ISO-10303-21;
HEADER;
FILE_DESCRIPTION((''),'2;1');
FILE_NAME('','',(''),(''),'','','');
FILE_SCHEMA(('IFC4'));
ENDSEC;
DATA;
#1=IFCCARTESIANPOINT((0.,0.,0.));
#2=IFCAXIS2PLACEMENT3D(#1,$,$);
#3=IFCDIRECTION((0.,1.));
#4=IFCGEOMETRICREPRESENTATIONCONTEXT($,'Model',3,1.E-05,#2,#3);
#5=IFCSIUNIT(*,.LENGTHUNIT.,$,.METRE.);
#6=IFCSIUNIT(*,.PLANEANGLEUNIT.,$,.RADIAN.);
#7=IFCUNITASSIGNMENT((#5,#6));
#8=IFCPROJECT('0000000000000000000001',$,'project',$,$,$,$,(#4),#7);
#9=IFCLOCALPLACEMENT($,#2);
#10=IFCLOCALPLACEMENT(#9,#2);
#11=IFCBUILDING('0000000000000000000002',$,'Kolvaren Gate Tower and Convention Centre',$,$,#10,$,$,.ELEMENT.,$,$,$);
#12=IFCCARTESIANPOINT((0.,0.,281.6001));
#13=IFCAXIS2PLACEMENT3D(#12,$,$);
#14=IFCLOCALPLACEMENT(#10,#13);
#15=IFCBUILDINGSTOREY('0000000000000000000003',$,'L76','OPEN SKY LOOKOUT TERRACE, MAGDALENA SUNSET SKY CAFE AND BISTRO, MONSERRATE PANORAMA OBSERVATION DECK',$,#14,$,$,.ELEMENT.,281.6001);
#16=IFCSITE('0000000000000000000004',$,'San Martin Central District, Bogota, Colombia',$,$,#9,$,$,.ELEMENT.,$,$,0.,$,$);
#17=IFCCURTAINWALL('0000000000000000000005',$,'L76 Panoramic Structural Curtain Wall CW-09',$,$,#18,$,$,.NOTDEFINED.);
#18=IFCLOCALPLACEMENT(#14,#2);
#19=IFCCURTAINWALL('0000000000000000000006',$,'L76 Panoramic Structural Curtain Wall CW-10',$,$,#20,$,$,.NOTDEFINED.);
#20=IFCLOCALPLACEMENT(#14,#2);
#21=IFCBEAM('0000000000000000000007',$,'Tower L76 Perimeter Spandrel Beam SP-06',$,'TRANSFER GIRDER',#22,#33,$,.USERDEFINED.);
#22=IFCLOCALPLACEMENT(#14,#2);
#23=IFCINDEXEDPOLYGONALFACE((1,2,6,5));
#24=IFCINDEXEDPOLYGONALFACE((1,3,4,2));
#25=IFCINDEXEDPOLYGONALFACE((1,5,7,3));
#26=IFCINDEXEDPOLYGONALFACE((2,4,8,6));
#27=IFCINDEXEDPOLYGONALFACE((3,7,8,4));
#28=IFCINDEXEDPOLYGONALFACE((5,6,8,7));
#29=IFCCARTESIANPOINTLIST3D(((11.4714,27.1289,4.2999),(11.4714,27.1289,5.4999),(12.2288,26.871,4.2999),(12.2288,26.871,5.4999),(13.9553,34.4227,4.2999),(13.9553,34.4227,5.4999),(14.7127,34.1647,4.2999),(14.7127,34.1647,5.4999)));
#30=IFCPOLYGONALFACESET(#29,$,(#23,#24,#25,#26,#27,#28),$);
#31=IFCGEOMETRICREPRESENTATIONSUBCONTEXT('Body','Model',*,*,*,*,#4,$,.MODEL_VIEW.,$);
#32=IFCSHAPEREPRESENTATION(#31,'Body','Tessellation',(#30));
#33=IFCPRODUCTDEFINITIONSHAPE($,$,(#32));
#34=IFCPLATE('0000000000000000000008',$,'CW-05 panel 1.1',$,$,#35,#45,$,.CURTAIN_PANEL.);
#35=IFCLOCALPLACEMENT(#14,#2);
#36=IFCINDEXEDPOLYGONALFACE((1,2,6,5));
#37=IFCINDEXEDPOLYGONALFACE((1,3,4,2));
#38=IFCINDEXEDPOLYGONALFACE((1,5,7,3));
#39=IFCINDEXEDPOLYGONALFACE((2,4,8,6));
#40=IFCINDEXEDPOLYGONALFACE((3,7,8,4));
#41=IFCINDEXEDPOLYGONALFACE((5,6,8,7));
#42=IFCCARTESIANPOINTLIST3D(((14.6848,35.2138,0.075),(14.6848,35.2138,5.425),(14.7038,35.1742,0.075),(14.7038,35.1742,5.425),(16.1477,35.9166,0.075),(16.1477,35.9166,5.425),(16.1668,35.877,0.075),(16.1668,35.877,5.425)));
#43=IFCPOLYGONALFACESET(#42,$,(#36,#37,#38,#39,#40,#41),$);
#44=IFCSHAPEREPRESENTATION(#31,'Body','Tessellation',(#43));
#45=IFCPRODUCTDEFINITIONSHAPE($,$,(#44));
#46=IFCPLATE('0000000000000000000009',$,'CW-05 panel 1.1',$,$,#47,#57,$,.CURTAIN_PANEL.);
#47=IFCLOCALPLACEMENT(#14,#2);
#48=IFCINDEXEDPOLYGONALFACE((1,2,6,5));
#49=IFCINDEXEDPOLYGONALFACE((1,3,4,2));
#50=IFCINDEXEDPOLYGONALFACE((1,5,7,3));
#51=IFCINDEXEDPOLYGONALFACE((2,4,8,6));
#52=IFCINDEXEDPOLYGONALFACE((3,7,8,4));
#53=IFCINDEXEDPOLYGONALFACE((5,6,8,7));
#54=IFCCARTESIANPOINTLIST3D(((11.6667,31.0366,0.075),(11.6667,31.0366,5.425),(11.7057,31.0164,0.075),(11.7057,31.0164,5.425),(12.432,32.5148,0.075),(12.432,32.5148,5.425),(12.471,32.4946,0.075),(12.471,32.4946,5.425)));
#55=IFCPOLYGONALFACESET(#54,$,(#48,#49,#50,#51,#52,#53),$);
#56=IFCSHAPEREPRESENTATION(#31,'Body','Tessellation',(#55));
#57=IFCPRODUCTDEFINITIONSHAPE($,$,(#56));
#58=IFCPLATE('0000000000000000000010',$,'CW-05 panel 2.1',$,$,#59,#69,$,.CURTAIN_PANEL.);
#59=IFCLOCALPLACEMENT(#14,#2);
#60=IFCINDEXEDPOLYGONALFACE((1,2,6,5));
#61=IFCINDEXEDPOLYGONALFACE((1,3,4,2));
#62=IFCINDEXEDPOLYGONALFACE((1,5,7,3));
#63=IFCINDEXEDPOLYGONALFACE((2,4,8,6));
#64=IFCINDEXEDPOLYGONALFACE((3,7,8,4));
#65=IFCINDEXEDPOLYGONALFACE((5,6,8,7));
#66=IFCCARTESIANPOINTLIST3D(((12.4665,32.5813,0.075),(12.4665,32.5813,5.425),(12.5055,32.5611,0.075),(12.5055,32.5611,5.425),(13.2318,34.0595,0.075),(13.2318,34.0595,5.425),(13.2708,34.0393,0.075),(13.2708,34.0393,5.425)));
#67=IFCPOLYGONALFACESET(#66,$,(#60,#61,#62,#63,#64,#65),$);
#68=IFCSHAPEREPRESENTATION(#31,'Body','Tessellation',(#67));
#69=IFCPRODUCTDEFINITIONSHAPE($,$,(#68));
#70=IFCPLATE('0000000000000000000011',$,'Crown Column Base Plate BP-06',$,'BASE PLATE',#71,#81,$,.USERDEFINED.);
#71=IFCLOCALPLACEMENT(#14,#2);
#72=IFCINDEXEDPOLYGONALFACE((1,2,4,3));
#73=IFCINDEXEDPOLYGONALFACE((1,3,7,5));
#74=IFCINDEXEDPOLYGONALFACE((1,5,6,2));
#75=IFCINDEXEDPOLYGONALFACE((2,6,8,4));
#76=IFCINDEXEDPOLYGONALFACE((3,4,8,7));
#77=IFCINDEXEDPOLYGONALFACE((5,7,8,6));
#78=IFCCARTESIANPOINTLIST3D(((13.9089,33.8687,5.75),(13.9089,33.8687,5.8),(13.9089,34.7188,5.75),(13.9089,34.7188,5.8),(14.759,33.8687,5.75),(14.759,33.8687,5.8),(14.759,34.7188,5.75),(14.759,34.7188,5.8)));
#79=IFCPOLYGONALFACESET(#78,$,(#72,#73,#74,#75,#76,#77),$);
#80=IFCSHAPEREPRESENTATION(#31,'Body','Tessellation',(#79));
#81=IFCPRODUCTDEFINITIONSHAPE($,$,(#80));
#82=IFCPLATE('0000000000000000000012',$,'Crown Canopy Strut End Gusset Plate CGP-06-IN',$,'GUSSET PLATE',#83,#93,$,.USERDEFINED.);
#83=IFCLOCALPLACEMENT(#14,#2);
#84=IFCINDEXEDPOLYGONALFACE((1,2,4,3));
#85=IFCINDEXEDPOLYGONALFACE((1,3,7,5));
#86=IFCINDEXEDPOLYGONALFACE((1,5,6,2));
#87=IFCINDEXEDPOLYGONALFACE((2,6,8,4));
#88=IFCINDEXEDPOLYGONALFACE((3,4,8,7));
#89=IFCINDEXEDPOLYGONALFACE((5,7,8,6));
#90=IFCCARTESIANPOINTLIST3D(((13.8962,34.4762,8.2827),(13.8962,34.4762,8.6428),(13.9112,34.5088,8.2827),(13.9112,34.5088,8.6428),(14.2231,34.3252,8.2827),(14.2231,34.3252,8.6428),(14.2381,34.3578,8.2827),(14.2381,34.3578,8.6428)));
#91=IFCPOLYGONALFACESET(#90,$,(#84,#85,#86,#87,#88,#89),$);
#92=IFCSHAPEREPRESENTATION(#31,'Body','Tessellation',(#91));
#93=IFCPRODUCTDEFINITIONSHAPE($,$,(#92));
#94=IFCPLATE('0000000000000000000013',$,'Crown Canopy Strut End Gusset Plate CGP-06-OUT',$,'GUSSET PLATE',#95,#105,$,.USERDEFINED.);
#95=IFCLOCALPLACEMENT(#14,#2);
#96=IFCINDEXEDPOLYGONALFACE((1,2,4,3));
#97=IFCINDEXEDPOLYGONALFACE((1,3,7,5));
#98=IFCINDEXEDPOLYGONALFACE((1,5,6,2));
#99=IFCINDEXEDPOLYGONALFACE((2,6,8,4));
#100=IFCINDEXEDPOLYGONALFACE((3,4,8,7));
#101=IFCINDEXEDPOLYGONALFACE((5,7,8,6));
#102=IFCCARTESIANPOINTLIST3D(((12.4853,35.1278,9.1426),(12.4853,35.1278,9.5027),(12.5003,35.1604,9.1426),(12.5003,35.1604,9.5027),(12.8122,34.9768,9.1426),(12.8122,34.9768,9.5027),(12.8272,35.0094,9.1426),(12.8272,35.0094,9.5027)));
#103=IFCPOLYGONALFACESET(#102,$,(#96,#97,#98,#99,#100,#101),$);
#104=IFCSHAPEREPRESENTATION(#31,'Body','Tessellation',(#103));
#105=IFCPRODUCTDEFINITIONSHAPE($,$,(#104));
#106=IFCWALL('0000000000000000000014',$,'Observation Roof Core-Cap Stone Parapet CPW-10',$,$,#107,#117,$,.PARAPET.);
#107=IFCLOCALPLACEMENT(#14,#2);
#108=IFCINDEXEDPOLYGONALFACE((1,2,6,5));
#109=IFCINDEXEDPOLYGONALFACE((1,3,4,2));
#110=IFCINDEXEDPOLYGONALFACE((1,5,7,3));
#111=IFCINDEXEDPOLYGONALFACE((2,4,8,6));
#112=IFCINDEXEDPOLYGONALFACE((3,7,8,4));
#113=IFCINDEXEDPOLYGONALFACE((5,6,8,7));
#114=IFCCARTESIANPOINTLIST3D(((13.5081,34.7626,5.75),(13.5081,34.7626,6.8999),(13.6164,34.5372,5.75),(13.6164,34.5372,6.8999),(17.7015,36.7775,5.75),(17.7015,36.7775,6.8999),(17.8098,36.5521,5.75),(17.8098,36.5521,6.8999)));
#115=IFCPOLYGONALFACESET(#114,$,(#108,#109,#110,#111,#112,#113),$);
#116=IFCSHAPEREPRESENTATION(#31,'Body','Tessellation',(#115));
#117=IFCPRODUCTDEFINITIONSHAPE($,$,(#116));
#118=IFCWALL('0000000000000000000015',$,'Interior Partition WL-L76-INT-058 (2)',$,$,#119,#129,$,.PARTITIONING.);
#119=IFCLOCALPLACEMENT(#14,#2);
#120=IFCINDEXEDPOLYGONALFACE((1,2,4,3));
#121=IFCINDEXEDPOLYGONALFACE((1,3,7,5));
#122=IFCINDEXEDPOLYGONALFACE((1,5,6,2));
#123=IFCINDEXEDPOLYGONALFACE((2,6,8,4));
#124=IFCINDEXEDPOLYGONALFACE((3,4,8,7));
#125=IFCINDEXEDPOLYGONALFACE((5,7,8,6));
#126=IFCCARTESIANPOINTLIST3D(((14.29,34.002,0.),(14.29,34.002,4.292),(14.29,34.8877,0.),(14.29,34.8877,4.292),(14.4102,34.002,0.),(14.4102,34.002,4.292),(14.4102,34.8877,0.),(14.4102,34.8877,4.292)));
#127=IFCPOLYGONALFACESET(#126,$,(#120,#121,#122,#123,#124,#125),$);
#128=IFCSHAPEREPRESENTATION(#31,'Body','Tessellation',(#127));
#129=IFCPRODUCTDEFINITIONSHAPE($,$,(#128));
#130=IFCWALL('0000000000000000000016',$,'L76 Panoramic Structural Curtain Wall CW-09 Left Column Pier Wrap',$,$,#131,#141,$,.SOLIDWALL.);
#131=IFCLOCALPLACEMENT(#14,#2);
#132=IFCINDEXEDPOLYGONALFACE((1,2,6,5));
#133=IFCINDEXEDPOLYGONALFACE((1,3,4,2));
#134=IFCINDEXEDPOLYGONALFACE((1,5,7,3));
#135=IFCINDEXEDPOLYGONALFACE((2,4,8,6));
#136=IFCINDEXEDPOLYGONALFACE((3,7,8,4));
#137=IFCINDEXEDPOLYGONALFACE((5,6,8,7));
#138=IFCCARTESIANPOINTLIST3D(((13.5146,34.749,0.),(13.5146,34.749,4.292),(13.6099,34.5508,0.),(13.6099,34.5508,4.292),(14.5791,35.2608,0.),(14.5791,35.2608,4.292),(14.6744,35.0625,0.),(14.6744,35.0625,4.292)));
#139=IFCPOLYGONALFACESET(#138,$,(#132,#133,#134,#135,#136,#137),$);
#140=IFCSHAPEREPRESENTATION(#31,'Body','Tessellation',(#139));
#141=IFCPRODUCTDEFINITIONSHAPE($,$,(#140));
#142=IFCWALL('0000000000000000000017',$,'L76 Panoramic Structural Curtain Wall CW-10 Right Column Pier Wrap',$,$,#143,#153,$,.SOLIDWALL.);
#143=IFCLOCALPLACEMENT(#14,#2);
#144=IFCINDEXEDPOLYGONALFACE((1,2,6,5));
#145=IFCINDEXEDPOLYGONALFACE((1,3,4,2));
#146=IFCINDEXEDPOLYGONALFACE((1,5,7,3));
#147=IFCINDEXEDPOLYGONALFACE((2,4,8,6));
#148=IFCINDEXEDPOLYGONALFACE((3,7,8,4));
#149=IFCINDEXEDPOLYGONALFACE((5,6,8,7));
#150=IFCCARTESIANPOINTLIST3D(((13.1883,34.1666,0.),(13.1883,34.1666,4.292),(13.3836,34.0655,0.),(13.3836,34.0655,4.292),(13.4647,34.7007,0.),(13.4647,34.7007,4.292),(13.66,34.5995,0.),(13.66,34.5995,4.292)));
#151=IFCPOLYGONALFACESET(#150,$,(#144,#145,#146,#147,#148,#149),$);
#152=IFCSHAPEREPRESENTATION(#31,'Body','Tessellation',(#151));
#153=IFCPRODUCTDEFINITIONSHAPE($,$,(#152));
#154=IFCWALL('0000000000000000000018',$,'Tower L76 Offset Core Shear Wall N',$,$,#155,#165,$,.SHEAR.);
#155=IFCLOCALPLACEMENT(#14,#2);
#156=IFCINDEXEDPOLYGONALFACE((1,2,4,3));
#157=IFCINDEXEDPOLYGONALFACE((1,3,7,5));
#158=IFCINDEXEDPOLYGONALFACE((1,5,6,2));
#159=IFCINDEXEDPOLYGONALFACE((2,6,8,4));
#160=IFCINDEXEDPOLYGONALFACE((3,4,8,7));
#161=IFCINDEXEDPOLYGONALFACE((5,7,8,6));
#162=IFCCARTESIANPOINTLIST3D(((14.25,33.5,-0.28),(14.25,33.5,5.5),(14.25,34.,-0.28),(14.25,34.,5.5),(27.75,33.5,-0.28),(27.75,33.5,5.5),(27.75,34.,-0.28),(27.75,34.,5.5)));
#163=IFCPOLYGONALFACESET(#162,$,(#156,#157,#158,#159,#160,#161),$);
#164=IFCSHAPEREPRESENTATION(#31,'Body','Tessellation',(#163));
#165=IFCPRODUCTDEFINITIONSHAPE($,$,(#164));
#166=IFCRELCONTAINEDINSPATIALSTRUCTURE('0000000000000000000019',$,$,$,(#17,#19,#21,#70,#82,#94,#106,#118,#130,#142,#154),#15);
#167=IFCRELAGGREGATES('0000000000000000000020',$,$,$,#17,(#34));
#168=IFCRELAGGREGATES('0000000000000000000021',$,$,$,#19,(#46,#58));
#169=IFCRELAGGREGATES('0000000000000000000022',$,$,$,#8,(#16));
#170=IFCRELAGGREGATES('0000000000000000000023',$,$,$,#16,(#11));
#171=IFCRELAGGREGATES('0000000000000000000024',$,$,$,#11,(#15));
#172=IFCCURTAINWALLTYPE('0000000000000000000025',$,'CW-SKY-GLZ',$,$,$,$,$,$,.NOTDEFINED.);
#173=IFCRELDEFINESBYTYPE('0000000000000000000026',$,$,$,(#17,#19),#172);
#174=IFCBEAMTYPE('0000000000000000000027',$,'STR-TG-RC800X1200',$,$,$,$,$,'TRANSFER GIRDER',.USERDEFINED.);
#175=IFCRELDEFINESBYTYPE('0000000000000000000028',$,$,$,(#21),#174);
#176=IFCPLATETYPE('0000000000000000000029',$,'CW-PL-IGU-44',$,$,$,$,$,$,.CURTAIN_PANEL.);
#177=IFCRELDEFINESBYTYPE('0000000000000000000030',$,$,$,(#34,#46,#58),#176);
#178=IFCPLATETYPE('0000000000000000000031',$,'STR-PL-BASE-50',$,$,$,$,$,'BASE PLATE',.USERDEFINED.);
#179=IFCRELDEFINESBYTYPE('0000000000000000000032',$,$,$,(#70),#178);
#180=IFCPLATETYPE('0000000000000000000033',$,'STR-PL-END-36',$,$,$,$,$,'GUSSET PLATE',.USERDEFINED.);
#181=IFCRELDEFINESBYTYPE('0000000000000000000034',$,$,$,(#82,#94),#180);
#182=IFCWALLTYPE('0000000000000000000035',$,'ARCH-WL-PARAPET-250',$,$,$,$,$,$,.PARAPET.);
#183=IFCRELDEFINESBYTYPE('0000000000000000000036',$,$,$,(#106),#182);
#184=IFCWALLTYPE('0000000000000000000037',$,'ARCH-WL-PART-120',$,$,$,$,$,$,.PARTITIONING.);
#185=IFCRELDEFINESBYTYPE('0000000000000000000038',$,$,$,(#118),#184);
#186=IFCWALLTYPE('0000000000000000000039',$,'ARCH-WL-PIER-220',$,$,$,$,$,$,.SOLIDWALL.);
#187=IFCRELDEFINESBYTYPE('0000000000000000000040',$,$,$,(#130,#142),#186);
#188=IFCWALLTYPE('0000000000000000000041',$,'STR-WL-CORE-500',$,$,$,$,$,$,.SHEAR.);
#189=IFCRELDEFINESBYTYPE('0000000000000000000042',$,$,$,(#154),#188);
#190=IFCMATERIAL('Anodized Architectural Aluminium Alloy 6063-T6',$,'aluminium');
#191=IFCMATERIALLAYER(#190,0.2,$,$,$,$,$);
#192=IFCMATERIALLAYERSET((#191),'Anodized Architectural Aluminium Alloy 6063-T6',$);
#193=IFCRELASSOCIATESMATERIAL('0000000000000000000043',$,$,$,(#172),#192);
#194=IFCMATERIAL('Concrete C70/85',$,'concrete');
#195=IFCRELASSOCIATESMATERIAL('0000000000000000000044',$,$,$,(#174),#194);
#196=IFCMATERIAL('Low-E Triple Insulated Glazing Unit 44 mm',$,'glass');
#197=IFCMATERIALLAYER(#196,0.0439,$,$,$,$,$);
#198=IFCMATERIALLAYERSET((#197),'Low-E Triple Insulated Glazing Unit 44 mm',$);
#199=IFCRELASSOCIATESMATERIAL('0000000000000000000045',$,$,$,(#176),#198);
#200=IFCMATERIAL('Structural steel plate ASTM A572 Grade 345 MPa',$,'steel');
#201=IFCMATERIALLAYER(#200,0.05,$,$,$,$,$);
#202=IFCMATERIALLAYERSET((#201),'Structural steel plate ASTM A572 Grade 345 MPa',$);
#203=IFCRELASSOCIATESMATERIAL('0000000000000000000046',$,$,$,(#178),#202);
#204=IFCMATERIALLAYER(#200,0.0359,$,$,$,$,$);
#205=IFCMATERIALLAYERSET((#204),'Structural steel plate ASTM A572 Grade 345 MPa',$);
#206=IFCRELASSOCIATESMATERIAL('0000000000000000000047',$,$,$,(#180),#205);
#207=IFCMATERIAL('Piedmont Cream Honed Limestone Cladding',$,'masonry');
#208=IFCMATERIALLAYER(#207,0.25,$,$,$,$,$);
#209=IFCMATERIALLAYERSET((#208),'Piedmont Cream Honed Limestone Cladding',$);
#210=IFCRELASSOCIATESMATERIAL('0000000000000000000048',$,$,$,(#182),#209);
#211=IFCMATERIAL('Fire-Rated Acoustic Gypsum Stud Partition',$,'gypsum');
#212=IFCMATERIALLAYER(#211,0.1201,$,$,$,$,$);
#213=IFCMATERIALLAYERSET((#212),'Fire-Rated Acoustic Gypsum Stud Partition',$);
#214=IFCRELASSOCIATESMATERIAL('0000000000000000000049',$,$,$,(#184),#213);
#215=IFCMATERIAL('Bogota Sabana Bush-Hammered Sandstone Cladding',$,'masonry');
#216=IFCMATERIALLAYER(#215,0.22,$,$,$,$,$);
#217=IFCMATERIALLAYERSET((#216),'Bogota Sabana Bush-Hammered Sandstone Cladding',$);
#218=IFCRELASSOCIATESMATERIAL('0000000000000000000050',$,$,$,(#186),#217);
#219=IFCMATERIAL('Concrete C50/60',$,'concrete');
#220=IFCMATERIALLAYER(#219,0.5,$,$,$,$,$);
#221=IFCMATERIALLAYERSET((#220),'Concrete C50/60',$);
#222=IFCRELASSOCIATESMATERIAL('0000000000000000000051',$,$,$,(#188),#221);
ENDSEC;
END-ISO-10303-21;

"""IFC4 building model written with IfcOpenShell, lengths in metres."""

from ifc_helpers import new_model, si_unit, direction, frame, frame_2d, origin, origin_2d, place, context, subcontext, project, spatial, rectangle, extrude, material, layer, layer_set, material_profile, profile_set, type_object, element, aggregate, save


model = new_model("IFC4")

# Units and contexts
model_context = context("Model", 3, precision=1e-05, world=origin(), true_north=direction((0.0, 1.0)))
body_context = subcontext(model_context, "Body", "Model", "MODEL_VIEW")
ifc_project = project(units=[si_unit("LENGTHUNIT", "METRE"), si_unit("PLANEANGLEUNIT", "RADIAN")], contexts=[model_context])

# Site, building, storey
site_placement = place(None, origin())
site = spatial("IfcSite", under=ifc_project, at=site_placement, Name="San Martin Central District, Bogota, Colombia", CompositionType="ELEMENT", RefElevation=0.0)
building_placement = place(site_placement, origin())
building = spatial("IfcBuilding", under=site, at=building_placement, Name="Kolvaren Gate Tower and Convention Centre", CompositionType="ELEMENT")
storey_placement = place(building_placement, frame((0.0, 0.0, 281.6001)))
storey = spatial("IfcBuildingStorey", under=building, at=storey_placement, Name="L76", Description="OPEN SKY LOOKOUT TERRACE, MAGDALENA SUNSET SKY CAFE AND BISTRO, MONSERRATE PANORAMA OBSERVATION DECK", CompositionType="ELEMENT", Elevation=281.6001)

# Curtain walls
ifc_material_1 = material(Name="Anodized Architectural Aluminium Alloy 6063-T6", Category="aluminium")
ifc_layer_1 = layer(ifc_material_1, 0.2)
ifc_layer_set_1 = layer_set([ifc_layer_1], Name="Anodized Architectural Aluminium Alloy 6063-T6")
curtain_wall_type = type_object("IfcCurtainWallType", Name="CW-SKY-GLZ", PredefinedType="NOTDEFINED", material=ifc_layer_set_1)
curtain_wall_1_placement = place(storey_placement, origin())
curtain_wall_1 = element("IfcCurtainWall", 1, at=curtain_wall_1_placement, inside=storey, type_object=curtain_wall_type, Name="L76 Panoramic Structural Curtain Wall CW-09", PredefinedType="NOTDEFINED")
curtain_wall_2_placement = place(storey_placement, origin())
curtain_wall_2 = element("IfcCurtainWall", 2, at=curtain_wall_2_placement, inside=storey, type_object=curtain_wall_type, Name="L76 Panoramic Structural Curtain Wall CW-10", PredefinedType="NOTDEFINED")

# Beam
ifc_material_2 = material(Name="Concrete C70/85", Category="concrete")
ifc_material_profile_1 = material_profile(ifc_material_2, rectangle(XDim=0.8, YDim=1.2, at=origin_2d()), Name="RC-BM-800X1200")
ifc_profile_set_1 = profile_set([ifc_material_profile_1], Name="Concrete C70/85")
beam_type = type_object("IfcBeamType", Name="STR-TG-RC800X1200", ElementType="TRANSFER GIRDER", PredefinedType="USERDEFINED", material=ifc_profile_set_1)
beam_placement = place(storey_placement, frame((14.334, 34.2937, 4.8999), z_axis=(-0.322371, -0.946613, 0.0), x_axis=(0.946613, -0.322371, 0.0)))
element("IfcBeam", 3, at=beam_placement, inside=storey, type_object=beam_type, Name="Tower L76 Perimeter Spandrel Beam SP-06", ObjectType="TRANSFER GIRDER", PredefinedType="USERDEFINED", context=body_context, shape_type="SweptSolid", body=[
    extrude(rectangle(XDim=0.8, YDim=1.2, at=origin_2d()), origin(), (0.0, 0.0, 1.0), 7.7051),
])

# Plates
ifc_material_3 = material(Name="Low-E Triple Insulated Glazing Unit 44 mm", Category="glass")
ifc_layer_2 = layer(ifc_material_3, 0.0439)
ifc_layer_set_2 = layer_set([ifc_layer_2], Name="Low-E Triple Insulated Glazing Unit 44 mm")
plate_type_1 = type_object("IfcPlateType", Name="CW-PL-IGU-44", PredefinedType="CURTAIN_PANEL", material=ifc_layer_set_2)
plate_1_placement = place(storey_placement, frame((15.4258, 35.5454, 0.075), z_axis=(0.0, 0.0, 1.0), x_axis=(0.901368, 0.433053, 0.0)))
plate_1 = element("IfcPlate", 4, at=plate_1_placement, type_object=plate_type_1, Name="CW-05 panel 1.1", PredefinedType="CURTAIN_PANEL", context=body_context, shape_type="SweptSolid", body=[
    extrude(rectangle(XDim=1.623, YDim=0.0439, at=origin_2d()), origin(), (0.0, 0.0, 1.0), 5.3501),
])
aggregate(curtain_wall_1, [plate_1])
plate_2_placement = place(storey_placement, frame((12.0688, 31.7656, 0.075), z_axis=(0.0, 0.0, 1.0), x_axis=(0.459786, 0.88803, 0.0)))
plate_2 = element("IfcPlate", 5, at=plate_2_placement, type_object=plate_type_1, Name="CW-05 panel 1.1", PredefinedType="CURTAIN_PANEL", context=body_context, shape_type="SweptSolid", body=[
    extrude(rectangle(XDim=1.6646, YDim=0.0439, at=origin_2d()), origin(), (0.0, 0.0, 1.0), 5.3501),
])
plate_3_placement = place(storey_placement, frame((12.8687, 33.3103, 0.075), z_axis=(0.0, 0.0, 1.0), x_axis=(0.459786, 0.88803, 0.0)))
plate_3 = element("IfcPlate", 6, at=plate_3_placement, type_object=plate_type_1, Name="CW-05 panel 2.1", PredefinedType="CURTAIN_PANEL", context=body_context, shape_type="SweptSolid", body=[
    extrude(rectangle(XDim=1.6646, YDim=0.0439, at=origin_2d()), origin(), (0.0, 0.0, 1.0), 5.3501),
])
aggregate(curtain_wall_2, [plate_2, plate_3])

# Plates
ifc_material_4 = material(Name="Structural steel plate ASTM A572 Grade 345 MPa", Category="steel")
ifc_layer_3 = layer(ifc_material_4, 0.05)
ifc_layer_set_3 = layer_set([ifc_layer_3], Name="Structural steel plate ASTM A572 Grade 345 MPa")
plate_type_2 = type_object("IfcPlateType", Name="STR-PL-BASE-50", ElementType="BASE PLATE", PredefinedType="USERDEFINED", material=ifc_layer_set_3)
plate_4_placement = place(storey_placement, frame((14.334, 34.2937, 5.75), z_axis=(0.0, 0.0, 1.0), x_axis=(1.0, 0.0, 0.0)))
element("IfcPlate", 7, at=plate_4_placement, inside=storey, type_object=plate_type_2, Name="Crown Column Base Plate BP-06", ObjectType="BASE PLATE", PredefinedType="USERDEFINED", context=body_context, shape_type="SweptSolid", body=[
    extrude(rectangle(XDim=0.8501, YDim=0.8501, at=origin_2d()), origin(), (0.0, 0.0, 1.0), 0.05),
])
ifc_layer_4 = layer(ifc_material_4, 0.0359)
ifc_layer_set_4 = layer_set([ifc_layer_4], Name="Structural steel plate ASTM A572 Grade 345 MPa")
plate_type_3 = type_object("IfcPlateType", Name="STR-PL-END-36", ElementType="GUSSET PLATE", PredefinedType="USERDEFINED", material=ifc_layer_set_4)
for number, where, z_axis, x_axis, name in (
    (8, (14.0671, 34.417, 8.2827), (0.0, 0.0, 1.0), (-0.907837, 0.419324, 0.0), "Crown Canopy Strut End Gusset Plate CGP-06-IN"),
    (9, (12.6562, 35.0686, 9.1426), (0.0, 0.0, 1.0), (-0.907837, 0.419324, 0.0), "Crown Canopy Strut End Gusset Plate CGP-06-OUT"),
):
    element("IfcPlate", number, at=place(storey_placement, frame(where, z_axis=z_axis, x_axis=x_axis)), inside=storey, type_object=plate_type_3, Name=name, ObjectType="GUSSET PLATE", PredefinedType="USERDEFINED", context=body_context, shape_type="SweptSolid", body=[
        extrude(rectangle(XDim=0.3601, YDim=0.0359, at=origin_2d()), origin(), (0.0, 0.0, 1.0), 0.3601),
    ])

# Walls
ifc_material_5 = material(Name="Piedmont Cream Honed Limestone Cladding", Category="masonry")
ifc_layer_5 = layer(ifc_material_5, 0.25)
ifc_layer_set_5 = layer_set([ifc_layer_5], Name="Piedmont Cream Honed Limestone Cladding")
wall_type_1 = type_object("IfcWallType", Name="ARCH-WL-PARAPET-250", PredefinedType="PARAPET", material=ifc_layer_set_5)
wall_1_placement = place(storey_placement, frame((13.5623, 34.6499, 5.75), z_axis=(0.0, 0.0, 1.0), x_axis=(0.901349, 0.433094, 0.0)))
element("IfcWall", 10, at=wall_1_placement, inside=storey, type_object=wall_type_1, Name="Observation Roof Core-Cap Stone Parapet CPW-10", PredefinedType="PARAPET", context=body_context, shape_type="SweptSolid", body=[
    extrude(rectangle(XDim=4.6523, YDim=0.25, at=frame_2d((2.3262, 0.0))), origin(), (0.0, 0.0, 1.0), 1.1499),
])
ifc_material_6 = material(Name="Fire-Rated Acoustic Gypsum Stud Partition", Category="gypsum")
ifc_layer_6 = layer(ifc_material_6, 0.1201)
ifc_layer_set_6 = layer_set([ifc_layer_6], Name="Fire-Rated Acoustic Gypsum Stud Partition")
wall_type_2 = type_object("IfcWallType", Name="ARCH-WL-PART-120", PredefinedType="PARTITIONING", material=ifc_layer_set_6)
wall_2_placement = place(storey_placement, frame((14.3501, 34.002, 0.0), z_axis=(0.0, 0.0, 1.0), x_axis=(0.0, 1.0, 0.0)))
element("IfcWall", 11, at=wall_2_placement, inside=storey, type_object=wall_type_2, Name="Interior Partition WL-L76-INT-058 (2)", PredefinedType="PARTITIONING", context=body_context, shape_type="SweptSolid", body=[
    extrude(rectangle(XDim=0.8857, YDim=0.1201, at=frame_2d((0.4429, 0.0))), origin(), (0.0, 0.0, 1.0), 4.292),
])
ifc_material_7 = material(Name="Bogota Sabana Bush-Hammered Sandstone Cladding", Category="masonry")
ifc_layer_7 = layer(ifc_material_7, 0.22)
ifc_layer_set_7 = layer_set([ifc_layer_7], Name="Bogota Sabana Bush-Hammered Sandstone Cladding")
wall_type_3 = type_object("IfcWallType", Name="ARCH-WL-PIER-220", PredefinedType="SOLIDWALL", material=ifc_layer_set_7)
wall_3_placement = place(storey_placement, frame((13.5623, 34.6499, 0.0), z_axis=(0.0, 0.0, 1.0), x_axis=(0.901265, 0.433269, 0.0)))
element("IfcWall", 12, at=wall_3_placement, inside=storey, type_object=wall_type_3, Name="L76 Panoramic Structural Curtain Wall CW-09 Left Column Pier Wrap", PredefinedType="SOLIDWALL", context=body_context, shape_type="SweptSolid", body=[
    extrude(rectangle(XDim=1.1812, YDim=0.22, at=frame_2d((0.5906, 0.0))), origin(), (0.0, 0.0, 1.0), 4.292),
])
wall_4_placement = place(storey_placement, frame((13.2859, 34.116, 0.0), z_axis=(0.0, 0.0, 1.0), x_axis=(0.459677, 0.888086, 0.0)))
element("IfcWall", 13, at=wall_4_placement, inside=storey, type_object=wall_type_3, Name="L76 Panoramic Structural Curtain Wall CW-10 Right Column Pier Wrap", PredefinedType="SOLIDWALL", context=body_context, shape_type="SweptSolid", body=[
    extrude(rectangle(XDim=0.6013, YDim=0.22, at=frame_2d((0.3008, 0.0))), origin(), (0.0, 0.0, 1.0), 4.292),
])
ifc_material_8 = material(Name="Concrete C50/60", Category="concrete")
ifc_layer_8 = layer(ifc_material_8, 0.5)
ifc_layer_set_8 = layer_set([ifc_layer_8], Name="Concrete C50/60")
wall_type_4 = type_object("IfcWallType", Name="STR-WL-CORE-500", PredefinedType="SHEAR", material=ifc_layer_set_8)
wall_5_placement = place(storey_placement, frame((14.25, 33.75, -0.28), z_axis=(0.0, 0.0, 1.0), x_axis=(1.0, 0.0, 0.0)))
element("IfcWall", 14, at=wall_5_placement, inside=storey, type_object=wall_type_4, Name="Tower L76 Offset Core Shear Wall N", PredefinedType="SHEAR", context=body_context, shape_type="SweptSolid", body=[
    extrude(rectangle(XDim=13.5, YDim=0.5, at=frame_2d((6.75, 0.0))), origin(), (0.0, 0.0, 1.0), 5.78),
])

save(model, "model.ifc")
